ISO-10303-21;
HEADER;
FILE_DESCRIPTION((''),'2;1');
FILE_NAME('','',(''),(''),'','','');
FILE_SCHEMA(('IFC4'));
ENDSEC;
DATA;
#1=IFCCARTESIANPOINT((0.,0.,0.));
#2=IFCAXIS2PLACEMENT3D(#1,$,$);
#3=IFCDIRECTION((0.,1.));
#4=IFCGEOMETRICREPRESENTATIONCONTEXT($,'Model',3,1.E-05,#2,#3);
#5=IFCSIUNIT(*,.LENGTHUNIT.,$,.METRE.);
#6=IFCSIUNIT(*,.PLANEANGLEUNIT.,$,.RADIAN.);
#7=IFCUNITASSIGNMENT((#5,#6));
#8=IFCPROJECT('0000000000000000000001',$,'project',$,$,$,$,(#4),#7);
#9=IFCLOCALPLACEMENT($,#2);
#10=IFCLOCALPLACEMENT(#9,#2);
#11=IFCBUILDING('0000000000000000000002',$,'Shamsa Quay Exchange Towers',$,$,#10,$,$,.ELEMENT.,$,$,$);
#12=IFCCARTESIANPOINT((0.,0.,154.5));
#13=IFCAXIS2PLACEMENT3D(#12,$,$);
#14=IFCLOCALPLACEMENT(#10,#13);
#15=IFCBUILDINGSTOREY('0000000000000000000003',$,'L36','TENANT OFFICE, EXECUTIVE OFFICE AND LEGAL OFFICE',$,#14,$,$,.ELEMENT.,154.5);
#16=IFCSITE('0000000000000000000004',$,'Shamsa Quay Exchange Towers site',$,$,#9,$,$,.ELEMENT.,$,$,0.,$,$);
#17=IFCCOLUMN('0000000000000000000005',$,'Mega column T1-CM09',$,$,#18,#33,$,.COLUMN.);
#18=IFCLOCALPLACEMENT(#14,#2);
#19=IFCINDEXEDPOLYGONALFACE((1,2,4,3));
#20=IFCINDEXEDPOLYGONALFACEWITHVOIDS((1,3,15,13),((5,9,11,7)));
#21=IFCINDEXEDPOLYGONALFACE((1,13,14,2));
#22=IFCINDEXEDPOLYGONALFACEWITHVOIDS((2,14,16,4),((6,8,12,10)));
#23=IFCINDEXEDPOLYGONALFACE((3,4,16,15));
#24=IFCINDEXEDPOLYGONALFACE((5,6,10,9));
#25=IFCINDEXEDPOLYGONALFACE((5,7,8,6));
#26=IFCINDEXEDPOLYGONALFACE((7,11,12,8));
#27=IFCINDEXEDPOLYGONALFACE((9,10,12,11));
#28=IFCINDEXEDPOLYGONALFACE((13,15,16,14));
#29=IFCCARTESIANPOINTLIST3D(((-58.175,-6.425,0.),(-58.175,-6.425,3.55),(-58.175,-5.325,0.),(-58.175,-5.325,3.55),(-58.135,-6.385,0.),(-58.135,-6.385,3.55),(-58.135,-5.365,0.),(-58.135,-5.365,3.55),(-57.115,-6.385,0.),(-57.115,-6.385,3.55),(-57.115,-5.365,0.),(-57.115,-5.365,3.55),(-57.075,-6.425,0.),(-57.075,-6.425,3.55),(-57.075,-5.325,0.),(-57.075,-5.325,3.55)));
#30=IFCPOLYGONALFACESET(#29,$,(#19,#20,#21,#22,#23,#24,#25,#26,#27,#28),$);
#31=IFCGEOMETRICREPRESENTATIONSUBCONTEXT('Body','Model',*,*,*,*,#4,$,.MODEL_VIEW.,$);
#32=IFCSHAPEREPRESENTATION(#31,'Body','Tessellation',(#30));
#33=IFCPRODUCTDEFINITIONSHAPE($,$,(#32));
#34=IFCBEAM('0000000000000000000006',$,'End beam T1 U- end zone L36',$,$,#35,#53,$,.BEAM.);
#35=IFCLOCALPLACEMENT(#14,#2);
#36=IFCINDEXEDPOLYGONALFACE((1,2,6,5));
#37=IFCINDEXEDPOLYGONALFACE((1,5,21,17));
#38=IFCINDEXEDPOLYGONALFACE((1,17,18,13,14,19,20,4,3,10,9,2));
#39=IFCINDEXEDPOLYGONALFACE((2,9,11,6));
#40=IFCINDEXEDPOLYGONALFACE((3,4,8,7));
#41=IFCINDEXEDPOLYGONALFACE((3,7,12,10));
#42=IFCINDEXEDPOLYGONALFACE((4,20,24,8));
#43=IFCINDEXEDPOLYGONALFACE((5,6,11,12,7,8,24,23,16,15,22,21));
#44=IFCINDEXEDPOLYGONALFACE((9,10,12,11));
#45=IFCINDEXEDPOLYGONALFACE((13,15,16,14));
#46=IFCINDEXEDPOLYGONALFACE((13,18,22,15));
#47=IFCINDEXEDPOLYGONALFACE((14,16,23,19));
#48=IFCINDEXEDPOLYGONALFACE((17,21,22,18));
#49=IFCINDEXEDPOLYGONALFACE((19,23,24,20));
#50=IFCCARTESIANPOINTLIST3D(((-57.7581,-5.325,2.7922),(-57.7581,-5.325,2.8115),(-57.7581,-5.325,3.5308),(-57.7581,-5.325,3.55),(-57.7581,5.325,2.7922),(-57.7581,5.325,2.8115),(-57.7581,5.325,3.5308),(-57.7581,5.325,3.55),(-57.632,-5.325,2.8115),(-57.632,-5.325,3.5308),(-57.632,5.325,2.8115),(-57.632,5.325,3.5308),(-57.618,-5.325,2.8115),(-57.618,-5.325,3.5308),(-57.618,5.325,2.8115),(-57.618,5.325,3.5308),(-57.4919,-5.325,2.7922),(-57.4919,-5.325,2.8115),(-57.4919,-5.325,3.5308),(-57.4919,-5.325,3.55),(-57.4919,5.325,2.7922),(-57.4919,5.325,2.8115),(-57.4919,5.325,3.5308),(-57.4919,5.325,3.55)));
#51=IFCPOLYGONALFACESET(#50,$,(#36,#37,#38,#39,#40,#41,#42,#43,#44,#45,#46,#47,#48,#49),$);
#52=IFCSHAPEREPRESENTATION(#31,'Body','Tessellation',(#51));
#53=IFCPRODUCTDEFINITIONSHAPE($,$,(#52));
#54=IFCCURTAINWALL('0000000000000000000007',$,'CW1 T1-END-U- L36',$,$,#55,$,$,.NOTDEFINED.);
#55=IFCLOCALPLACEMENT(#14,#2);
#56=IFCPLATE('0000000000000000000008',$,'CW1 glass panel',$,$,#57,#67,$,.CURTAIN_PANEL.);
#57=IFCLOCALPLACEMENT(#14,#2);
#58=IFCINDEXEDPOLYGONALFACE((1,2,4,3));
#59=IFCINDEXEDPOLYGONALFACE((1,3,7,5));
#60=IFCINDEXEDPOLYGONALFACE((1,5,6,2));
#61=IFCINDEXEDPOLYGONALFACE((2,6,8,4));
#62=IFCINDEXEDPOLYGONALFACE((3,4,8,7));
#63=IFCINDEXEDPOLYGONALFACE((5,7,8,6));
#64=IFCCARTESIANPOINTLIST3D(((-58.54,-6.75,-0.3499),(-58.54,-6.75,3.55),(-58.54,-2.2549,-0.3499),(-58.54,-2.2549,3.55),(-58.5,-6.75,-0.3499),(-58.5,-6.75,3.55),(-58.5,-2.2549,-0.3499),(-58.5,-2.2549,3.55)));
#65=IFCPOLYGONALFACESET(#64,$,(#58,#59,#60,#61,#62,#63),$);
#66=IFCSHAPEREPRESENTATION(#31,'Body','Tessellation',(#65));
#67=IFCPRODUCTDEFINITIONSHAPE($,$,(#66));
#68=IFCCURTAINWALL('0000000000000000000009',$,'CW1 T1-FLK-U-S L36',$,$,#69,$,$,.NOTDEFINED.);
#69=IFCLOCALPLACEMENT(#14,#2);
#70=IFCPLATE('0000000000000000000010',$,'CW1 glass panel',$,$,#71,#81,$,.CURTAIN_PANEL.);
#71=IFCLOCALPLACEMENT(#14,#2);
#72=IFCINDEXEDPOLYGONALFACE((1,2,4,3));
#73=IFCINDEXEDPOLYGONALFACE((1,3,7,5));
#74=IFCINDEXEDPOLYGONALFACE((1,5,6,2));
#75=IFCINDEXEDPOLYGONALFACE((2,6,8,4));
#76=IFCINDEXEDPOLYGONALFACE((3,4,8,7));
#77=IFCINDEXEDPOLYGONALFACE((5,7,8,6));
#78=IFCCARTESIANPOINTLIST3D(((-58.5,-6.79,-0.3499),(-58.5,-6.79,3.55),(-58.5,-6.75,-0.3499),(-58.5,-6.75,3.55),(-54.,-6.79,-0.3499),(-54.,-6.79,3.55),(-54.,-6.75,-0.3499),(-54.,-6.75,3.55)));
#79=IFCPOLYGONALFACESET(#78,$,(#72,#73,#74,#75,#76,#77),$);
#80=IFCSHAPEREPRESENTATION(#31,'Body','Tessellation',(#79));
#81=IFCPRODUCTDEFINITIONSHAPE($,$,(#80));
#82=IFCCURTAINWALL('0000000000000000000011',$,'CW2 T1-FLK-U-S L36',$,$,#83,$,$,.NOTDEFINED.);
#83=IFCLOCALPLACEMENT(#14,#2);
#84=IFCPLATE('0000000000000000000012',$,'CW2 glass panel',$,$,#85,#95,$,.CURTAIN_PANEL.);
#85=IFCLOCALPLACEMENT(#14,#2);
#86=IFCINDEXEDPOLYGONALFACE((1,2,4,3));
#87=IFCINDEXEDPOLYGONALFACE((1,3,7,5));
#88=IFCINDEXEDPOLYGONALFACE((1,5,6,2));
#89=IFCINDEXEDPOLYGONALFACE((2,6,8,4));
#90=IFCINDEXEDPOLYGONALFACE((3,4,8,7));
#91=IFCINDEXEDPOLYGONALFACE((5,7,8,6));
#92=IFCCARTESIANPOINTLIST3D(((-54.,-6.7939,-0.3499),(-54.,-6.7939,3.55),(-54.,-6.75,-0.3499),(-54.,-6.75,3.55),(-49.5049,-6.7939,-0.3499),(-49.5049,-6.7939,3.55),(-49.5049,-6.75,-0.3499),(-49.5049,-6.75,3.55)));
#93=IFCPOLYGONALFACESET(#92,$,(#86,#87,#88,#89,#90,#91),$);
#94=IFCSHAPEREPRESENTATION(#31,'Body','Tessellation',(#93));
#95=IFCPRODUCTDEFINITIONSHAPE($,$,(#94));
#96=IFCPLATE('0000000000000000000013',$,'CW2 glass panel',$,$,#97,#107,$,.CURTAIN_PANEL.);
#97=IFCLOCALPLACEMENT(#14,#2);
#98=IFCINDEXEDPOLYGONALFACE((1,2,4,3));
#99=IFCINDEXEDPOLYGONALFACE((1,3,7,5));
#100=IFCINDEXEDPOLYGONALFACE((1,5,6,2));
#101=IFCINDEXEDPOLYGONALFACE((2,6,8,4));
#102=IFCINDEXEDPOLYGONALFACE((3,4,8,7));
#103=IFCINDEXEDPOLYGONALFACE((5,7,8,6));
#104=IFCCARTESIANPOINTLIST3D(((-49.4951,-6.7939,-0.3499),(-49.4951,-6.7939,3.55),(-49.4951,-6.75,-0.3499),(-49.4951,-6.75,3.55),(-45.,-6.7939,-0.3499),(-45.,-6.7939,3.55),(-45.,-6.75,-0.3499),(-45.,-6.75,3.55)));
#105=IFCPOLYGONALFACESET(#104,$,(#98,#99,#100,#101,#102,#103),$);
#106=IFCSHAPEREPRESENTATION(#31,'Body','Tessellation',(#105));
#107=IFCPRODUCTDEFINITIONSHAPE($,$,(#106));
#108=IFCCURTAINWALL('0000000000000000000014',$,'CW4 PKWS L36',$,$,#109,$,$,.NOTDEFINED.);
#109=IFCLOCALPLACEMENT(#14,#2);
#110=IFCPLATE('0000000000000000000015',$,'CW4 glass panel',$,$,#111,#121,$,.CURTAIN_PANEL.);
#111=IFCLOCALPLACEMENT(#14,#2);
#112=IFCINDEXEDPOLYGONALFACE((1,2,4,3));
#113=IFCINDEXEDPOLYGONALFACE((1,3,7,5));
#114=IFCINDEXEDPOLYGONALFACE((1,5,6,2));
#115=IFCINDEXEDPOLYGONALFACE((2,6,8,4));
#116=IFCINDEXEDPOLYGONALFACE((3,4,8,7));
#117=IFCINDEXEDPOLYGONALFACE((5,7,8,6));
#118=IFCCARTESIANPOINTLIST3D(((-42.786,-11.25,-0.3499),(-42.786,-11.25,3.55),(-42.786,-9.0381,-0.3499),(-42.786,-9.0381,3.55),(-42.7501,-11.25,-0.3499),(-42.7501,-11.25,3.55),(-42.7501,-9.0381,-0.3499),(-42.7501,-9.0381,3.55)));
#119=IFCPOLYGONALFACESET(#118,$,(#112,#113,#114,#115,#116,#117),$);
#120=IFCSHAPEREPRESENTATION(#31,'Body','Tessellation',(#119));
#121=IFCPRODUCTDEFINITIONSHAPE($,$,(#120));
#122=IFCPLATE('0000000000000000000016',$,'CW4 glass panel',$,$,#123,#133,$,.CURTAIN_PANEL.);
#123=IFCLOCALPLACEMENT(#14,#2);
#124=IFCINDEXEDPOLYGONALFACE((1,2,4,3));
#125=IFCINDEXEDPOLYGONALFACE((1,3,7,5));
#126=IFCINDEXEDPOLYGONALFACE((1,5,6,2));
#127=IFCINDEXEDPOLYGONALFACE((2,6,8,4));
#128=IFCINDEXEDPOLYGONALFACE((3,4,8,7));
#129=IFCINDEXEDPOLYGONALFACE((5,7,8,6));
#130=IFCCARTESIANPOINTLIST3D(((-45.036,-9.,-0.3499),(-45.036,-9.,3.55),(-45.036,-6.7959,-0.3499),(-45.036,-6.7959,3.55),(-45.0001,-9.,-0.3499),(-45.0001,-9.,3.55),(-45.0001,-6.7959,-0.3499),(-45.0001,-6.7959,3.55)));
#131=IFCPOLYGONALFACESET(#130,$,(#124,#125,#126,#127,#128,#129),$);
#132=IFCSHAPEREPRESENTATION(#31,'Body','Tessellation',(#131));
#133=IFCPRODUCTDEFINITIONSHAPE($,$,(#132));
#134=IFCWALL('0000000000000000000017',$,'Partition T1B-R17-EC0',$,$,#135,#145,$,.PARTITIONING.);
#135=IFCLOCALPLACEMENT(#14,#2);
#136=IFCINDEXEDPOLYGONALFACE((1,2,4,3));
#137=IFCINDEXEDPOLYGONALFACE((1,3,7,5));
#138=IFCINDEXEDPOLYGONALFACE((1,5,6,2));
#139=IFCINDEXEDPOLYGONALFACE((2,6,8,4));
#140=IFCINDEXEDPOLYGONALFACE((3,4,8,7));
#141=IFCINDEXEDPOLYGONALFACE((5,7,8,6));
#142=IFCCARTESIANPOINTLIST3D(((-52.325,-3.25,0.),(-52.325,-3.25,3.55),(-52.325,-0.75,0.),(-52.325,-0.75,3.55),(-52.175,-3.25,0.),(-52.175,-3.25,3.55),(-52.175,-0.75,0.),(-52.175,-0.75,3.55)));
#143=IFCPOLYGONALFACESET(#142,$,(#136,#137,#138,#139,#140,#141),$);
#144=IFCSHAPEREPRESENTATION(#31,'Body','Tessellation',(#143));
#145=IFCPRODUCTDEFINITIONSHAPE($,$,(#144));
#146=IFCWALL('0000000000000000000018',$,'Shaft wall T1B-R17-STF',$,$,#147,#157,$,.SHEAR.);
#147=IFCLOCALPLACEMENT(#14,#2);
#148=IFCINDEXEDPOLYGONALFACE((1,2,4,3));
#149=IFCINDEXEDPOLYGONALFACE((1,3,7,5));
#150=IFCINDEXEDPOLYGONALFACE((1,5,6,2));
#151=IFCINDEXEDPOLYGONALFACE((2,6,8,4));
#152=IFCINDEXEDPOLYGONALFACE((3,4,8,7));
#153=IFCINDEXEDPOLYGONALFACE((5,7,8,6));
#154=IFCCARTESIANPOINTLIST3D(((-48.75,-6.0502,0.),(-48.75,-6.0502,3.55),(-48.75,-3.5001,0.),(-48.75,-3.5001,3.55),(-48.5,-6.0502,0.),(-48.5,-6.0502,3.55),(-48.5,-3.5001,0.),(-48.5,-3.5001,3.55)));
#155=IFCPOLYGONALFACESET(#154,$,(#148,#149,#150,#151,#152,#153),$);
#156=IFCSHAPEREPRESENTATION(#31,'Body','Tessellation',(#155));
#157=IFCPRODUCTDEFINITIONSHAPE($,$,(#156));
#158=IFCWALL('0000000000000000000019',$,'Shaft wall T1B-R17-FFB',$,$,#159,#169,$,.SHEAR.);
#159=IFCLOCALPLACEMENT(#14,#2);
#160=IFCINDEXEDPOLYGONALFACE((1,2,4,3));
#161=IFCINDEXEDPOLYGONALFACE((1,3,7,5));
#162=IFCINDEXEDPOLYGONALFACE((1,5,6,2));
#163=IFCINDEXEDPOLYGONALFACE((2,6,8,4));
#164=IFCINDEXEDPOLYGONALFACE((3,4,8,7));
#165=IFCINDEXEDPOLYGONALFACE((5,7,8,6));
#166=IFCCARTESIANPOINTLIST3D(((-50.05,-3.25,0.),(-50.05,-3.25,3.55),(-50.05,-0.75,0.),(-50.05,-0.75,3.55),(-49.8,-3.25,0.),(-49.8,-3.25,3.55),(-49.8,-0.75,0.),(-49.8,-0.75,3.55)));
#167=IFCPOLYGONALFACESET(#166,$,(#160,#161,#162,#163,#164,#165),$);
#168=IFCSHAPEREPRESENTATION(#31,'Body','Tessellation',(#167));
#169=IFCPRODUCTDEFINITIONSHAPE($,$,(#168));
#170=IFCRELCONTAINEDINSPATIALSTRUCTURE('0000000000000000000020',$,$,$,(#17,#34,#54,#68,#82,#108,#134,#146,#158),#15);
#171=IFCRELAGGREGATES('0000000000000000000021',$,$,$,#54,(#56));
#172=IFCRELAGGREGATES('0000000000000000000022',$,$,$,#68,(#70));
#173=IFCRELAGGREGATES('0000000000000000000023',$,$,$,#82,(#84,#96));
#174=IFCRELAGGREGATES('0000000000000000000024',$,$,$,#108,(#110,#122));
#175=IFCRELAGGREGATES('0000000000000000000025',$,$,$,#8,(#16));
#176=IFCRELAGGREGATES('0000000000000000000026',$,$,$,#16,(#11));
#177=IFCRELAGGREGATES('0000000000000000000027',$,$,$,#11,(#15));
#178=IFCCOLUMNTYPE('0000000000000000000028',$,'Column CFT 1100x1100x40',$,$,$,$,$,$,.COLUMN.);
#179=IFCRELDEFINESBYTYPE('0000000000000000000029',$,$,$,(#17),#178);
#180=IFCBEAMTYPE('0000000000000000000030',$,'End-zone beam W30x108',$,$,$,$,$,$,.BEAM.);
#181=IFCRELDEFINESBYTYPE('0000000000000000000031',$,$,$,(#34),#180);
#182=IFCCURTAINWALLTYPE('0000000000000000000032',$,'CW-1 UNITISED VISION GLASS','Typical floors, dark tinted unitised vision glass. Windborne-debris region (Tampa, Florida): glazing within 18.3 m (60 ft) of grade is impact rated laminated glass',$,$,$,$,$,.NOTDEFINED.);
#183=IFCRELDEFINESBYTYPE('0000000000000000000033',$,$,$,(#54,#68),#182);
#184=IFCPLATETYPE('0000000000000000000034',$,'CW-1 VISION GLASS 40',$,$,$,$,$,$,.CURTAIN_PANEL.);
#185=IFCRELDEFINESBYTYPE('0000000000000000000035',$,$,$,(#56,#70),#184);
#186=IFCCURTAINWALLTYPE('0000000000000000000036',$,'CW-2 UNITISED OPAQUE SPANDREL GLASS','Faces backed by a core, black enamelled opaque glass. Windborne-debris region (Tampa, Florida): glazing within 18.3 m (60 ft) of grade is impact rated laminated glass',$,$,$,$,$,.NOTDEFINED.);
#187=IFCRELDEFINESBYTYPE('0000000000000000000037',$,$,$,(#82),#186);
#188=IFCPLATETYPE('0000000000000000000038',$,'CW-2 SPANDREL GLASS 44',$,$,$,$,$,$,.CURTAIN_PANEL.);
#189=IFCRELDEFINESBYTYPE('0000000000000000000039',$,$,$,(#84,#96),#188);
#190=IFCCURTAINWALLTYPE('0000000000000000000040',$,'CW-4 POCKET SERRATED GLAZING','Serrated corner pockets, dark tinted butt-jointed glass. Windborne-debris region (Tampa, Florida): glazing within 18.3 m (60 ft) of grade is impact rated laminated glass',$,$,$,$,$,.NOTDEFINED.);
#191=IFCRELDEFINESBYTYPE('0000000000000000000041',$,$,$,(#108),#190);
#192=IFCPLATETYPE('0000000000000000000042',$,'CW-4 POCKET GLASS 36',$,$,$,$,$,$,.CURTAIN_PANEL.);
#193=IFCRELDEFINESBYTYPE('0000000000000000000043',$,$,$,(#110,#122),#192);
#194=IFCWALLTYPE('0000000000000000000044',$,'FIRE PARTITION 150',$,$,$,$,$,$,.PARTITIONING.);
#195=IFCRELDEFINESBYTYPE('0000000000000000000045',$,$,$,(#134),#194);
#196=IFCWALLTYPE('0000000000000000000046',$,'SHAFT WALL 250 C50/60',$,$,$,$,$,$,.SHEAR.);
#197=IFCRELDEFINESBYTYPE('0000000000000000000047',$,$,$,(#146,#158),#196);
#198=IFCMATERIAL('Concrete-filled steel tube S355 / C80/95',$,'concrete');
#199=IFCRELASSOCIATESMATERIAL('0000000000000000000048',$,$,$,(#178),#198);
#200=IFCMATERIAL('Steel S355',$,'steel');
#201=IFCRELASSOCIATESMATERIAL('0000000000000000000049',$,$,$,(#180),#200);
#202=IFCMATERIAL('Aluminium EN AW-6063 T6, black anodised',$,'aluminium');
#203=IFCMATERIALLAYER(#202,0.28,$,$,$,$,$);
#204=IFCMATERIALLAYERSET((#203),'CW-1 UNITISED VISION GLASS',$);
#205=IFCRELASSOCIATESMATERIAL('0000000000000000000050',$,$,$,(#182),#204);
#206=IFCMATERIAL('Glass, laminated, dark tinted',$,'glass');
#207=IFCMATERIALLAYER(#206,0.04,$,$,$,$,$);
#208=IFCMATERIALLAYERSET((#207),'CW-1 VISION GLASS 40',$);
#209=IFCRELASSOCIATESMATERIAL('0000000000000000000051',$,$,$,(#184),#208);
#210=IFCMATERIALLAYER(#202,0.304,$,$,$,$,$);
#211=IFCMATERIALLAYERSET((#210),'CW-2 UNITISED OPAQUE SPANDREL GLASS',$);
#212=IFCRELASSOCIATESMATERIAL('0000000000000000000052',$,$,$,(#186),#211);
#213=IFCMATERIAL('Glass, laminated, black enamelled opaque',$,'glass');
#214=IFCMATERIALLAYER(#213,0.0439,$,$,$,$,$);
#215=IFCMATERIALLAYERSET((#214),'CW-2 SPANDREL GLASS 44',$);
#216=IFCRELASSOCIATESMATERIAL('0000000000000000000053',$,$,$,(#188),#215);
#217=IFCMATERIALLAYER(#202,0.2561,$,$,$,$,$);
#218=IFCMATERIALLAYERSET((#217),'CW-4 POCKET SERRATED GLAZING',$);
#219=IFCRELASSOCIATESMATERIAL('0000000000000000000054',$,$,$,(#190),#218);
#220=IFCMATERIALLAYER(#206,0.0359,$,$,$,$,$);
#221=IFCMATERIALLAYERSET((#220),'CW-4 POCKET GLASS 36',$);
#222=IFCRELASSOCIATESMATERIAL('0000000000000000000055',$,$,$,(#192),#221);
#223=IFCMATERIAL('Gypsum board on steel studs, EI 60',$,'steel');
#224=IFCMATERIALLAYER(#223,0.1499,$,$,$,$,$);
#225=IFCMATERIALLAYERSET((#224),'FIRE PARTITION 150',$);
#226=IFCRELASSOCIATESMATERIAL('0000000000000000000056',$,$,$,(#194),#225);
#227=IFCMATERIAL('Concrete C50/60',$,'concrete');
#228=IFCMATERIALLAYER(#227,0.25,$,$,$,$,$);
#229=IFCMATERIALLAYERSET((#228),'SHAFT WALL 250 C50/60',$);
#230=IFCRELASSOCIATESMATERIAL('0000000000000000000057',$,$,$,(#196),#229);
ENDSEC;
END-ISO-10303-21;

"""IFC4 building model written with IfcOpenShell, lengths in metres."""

from ifc_helpers import new_model, si_unit, direction, frame, frame_2d, origin, origin_2d, place, context, subcontext, project, spatial, rectangle, hollow_rectangle, i_section, extrude, material, layer, layer_set, material_profile, profile_set, type_object, element, aggregate, save


model = new_model("IFC4")

# Units and contexts
model_context = context("Model", 3, precision=1e-05, world=origin(), true_north=direction((0.0, 1.0)))
body_context = subcontext(model_context, "Body", "Model", "MODEL_VIEW")
ifc_project = project(units=[si_unit("LENGTHUNIT", "METRE"), si_unit("PLANEANGLEUNIT", "RADIAN")], contexts=[model_context])

# Site, building, storey
site_placement = place(None, origin())
site = spatial("IfcSite", under=ifc_project, at=site_placement, Name="Shamsa Quay Exchange Towers site", CompositionType="ELEMENT", RefElevation=0.0)
building_placement = place(site_placement, origin())
building = spatial("IfcBuilding", under=site, at=building_placement, Name="Shamsa Quay Exchange Towers", CompositionType="ELEMENT")
storey_placement = place(building_placement, frame((0.0, 0.0, 154.5)))
storey = spatial("IfcBuildingStorey", under=building, at=storey_placement, Name="L36", Description="TENANT OFFICE, EXECUTIVE OFFICE AND LEGAL OFFICE", CompositionType="ELEMENT", Elevation=154.5)

# Column
ifc_material_1 = material(Name="Concrete-filled steel tube S355 / C80/95", Category="concrete")
ifc_material_profile_1 = material_profile(ifc_material_1, hollow_rectangle(XDim=1.1001, YDim=1.1001, WallThickness=0.04, at=origin_2d()), Name="CFT 1100x1100x40")
ifc_profile_set_1 = profile_set([ifc_material_profile_1], Name="Concrete-filled steel tube S355 / C80/95")
column_type = type_object("IfcColumnType", Name="Column CFT 1100x1100x40", PredefinedType="COLUMN", material=ifc_profile_set_1)
column_placement = place(storey_placement, frame((-57.625, -5.875, 0.0)))
element("IfcColumn", 1, at=column_placement, inside=storey, type_object=column_type, Name="Mega column T1-CM09", PredefinedType="COLUMN", context=body_context, shape_type="SweptSolid", body=[
    extrude(hollow_rectangle(XDim=1.1001, YDim=1.1001, WallThickness=0.04, at=origin_2d()), origin(), (0.0, 0.0, 1.0), 3.55),
])

# Beam
ifc_material_2 = material(Name="Steel S355", Category="steel")
ifc_material_profile_2 = material_profile(ifc_material_2, i_section(OverallWidth=0.2661, OverallDepth=0.7578, WebThickness=0.0139, FlangeThickness=0.0193, at=origin_2d()), Name="W30x108")
ifc_profile_set_2 = profile_set([ifc_material_profile_2], Name="Steel S355")
beam_type = type_object("IfcBeamType", Name="End-zone beam W30x108", PredefinedType="BEAM", material=ifc_profile_set_2)
beam_placement = place(storey_placement, frame((-57.625, -5.325, 3.1711), z_axis=(0.0, 1.0, 0.0), x_axis=(-1.0, 0.0, 0.0)))
element("IfcBeam", 2, at=beam_placement, inside=storey, type_object=beam_type, Name="End beam T1 U- end zone L36", PredefinedType="BEAM", context=body_context, shape_type="SweptSolid", body=[
    extrude(i_section(OverallWidth=0.2661, OverallDepth=0.7578, WebThickness=0.0139, FlangeThickness=0.0193, at=origin_2d()), origin(), (0.0, 0.0, 1.0), 10.6499),
])

# Curtain walls, plates
ifc_material_3 = material(Name="Aluminium EN AW-6063 T6, black anodised", Category="aluminium")
ifc_layer_1 = layer(ifc_material_3, 0.28)
ifc_layer_set_1 = layer_set([ifc_layer_1], Name="CW-1 UNITISED VISION GLASS")
curtain_wall_type_1 = type_object("IfcCurtainWallType", Name="CW-1 UNITISED VISION GLASS", Description="Typical floors, dark tinted unitised vision glass. Windborne-debris region (Tampa, Florida): glazing within 18.3 m (60 ft) of grade is impact rated laminated glass", PredefinedType="NOTDEFINED", material=ifc_layer_set_1)
curtain_wall_1_placement = place(storey_placement, origin())
curtain_wall_1 = element("IfcCurtainWall", 3, at=curtain_wall_1_placement, inside=storey, type_object=curtain_wall_type_1, Name="CW1 T1-END-U- L36", PredefinedType="NOTDEFINED")
ifc_material_4 = material(Name="Glass, laminated, dark tinted", Category="glass")
ifc_layer_2 = layer(ifc_material_4, 0.04)
ifc_layer_set_2 = layer_set([ifc_layer_2], Name="CW-1 VISION GLASS 40")
plate_type_1 = type_object("IfcPlateType", Name="CW-1 VISION GLASS 40", PredefinedType="CURTAIN_PANEL", material=ifc_layer_set_2)
plate_1_placement = place(storey_placement, frame((-58.52, -4.5024, -0.3499), z_axis=(0.0, 0.0, 1.0), x_axis=(0.0, -1.0, 0.0)))
plate_1 = element("IfcPlate", 4, at=plate_1_placement, type_object=plate_type_1, Name="CW1 glass panel", PredefinedType="CURTAIN_PANEL", context=body_context, shape_type="SweptSolid", body=[
    extrude(rectangle(XDim=4.4951, YDim=0.04, at=origin_2d()), origin(), (0.0, 0.0, 1.0), 3.8999),
])
aggregate(curtain_wall_1, [plate_1])
curtain_wall_2_placement = place(storey_placement, origin())
curtain_wall_2 = element("IfcCurtainWall", 5, at=curtain_wall_2_placement, inside=storey, type_object=curtain_wall_type_1, Name="CW1 T1-FLK-U-S L36", PredefinedType="NOTDEFINED")
plate_2_placement = place(storey_placement, frame((-56.25, -6.77, -0.3499)))
plate_2 = element("IfcPlate", 6, at=plate_2_placement, type_object=plate_type_1, Name="CW1 glass panel", PredefinedType="CURTAIN_PANEL", context=body_context, shape_type="SweptSolid", body=[
    extrude(rectangle(XDim=4.5, YDim=0.04, at=origin_2d()), origin(), (0.0, 0.0, 1.0), 3.8999),
])
aggregate(curtain_wall_2, [plate_2])

# Curtain walls, plates
ifc_layer_3 = layer(ifc_material_3, 0.304)
ifc_layer_set_3 = layer_set([ifc_layer_3], Name="CW-2 UNITISED OPAQUE SPANDREL GLASS")
curtain_wall_type_2 = type_object("IfcCurtainWallType", Name="CW-2 UNITISED OPAQUE SPANDREL GLASS", Description="Faces backed by a core, black enamelled opaque glass. Windborne-debris region (Tampa, Florida): glazing within 18.3 m (60 ft) of grade is impact rated laminated glass", PredefinedType="NOTDEFINED", material=ifc_layer_set_3)
curtain_wall_3_placement = place(storey_placement, origin())
curtain_wall_3 = element("IfcCurtainWall", 7, at=curtain_wall_3_placement, inside=storey, type_object=curtain_wall_type_2, Name="CW2 T1-FLK-U-S L36", PredefinedType="NOTDEFINED")
ifc_material_5 = material(Name="Glass, laminated, black enamelled opaque", Category="glass")
ifc_layer_4 = layer(ifc_material_5, 0.0439)
ifc_layer_set_4 = layer_set([ifc_layer_4], Name="CW-2 SPANDREL GLASS 44")
plate_type_2 = type_object("IfcPlateType", Name="CW-2 SPANDREL GLASS 44", PredefinedType="CURTAIN_PANEL", material=ifc_layer_set_4)
plate_3_placement = place(storey_placement, frame((-51.7524, -6.772, -0.3499)))
plate_3 = element("IfcPlate", 8, at=plate_3_placement, type_object=plate_type_2, Name="CW2 glass panel", PredefinedType="CURTAIN_PANEL", context=body_context, shape_type="SweptSolid", body=[
    extrude(rectangle(XDim=4.4951, YDim=0.0439, at=origin_2d()), origin(), (0.0, 0.0, 1.0), 3.8999),
])
plate_4_placement = place(storey_placement, frame((-47.2476, -6.772, -0.3499)))
plate_4 = element("IfcPlate", 9, at=plate_4_placement, type_object=plate_type_2, Name="CW2 glass panel", PredefinedType="CURTAIN_PANEL", context=body_context, shape_type="SweptSolid", body=[
    extrude(rectangle(XDim=4.4951, YDim=0.0439, at=origin_2d()), origin(), (0.0, 0.0, 1.0), 3.8999),
])
aggregate(curtain_wall_3, [plate_3, plate_4])
ifc_layer_5 = layer(ifc_material_3, 0.2561)
ifc_layer_set_5 = layer_set([ifc_layer_5], Name="CW-4 POCKET SERRATED GLAZING")
curtain_wall_type_3 = type_object("IfcCurtainWallType", Name="CW-4 POCKET SERRATED GLAZING", Description="Serrated corner pockets, dark tinted butt-jointed glass. Windborne-debris region (Tampa, Florida): glazing within 18.3 m (60 ft) of grade is impact rated laminated glass", PredefinedType="NOTDEFINED", material=ifc_layer_set_5)
curtain_wall_4_placement = place(storey_placement, origin())
curtain_wall_4 = element("IfcCurtainWall", 10, at=curtain_wall_4_placement, inside=storey, type_object=curtain_wall_type_3, Name="CW4 PKWS L36", PredefinedType="NOTDEFINED")
ifc_layer_6 = layer(ifc_material_4, 0.0359)
ifc_layer_set_6 = layer_set([ifc_layer_6], Name="CW-4 POCKET GLASS 36")
plate_type_3 = type_object("IfcPlateType", Name="CW-4 POCKET GLASS 36", PredefinedType="CURTAIN_PANEL", material=ifc_layer_set_6)
plate_5_placement = place(storey_placement, frame((-42.7681, -10.144, -0.3499), z_axis=(0.0, 0.0, 1.0), x_axis=(0.0, -1.0, 0.0)))
plate_5 = element("IfcPlate", 11, at=plate_5_placement, type_object=plate_type_3, Name="CW4 glass panel", PredefinedType="CURTAIN_PANEL", context=body_context, shape_type="SweptSolid", body=[
    extrude(rectangle(XDim=2.2119, YDim=0.0359, at=origin_2d()), origin(), (0.0, 0.0, 1.0), 3.8999),
])
plate_6_placement = place(storey_placement, frame((-45.0181, -7.8979, -0.3499), z_axis=(0.0, 0.0, 1.0), x_axis=(0.0, -1.0, 0.0)))
plate_6 = element("IfcPlate", 12, at=plate_6_placement, type_object=plate_type_3, Name="CW4 glass panel", PredefinedType="CURTAIN_PANEL", context=body_context, shape_type="SweptSolid", body=[
    extrude(rectangle(XDim=2.2041, YDim=0.0359, at=origin_2d()), origin(), (0.0, 0.0, 1.0), 3.8999),
])
aggregate(curtain_wall_4, [plate_5, plate_6])

# Walls
ifc_material_6 = material(Name="Gypsum board on steel studs, EI 60", Category="steel")
ifc_layer_7 = layer(ifc_material_6, 0.1499)
ifc_layer_set_7 = layer_set([ifc_layer_7], Name="FIRE PARTITION 150")
wall_type_1 = type_object("IfcWallType", Name="FIRE PARTITION 150", PredefinedType="PARTITIONING", material=ifc_layer_set_7)
wall_1_placement = place(storey_placement, frame((-52.25, -3.25, 0.0), z_axis=(0.0, 0.0, 1.0), x_axis=(0.0, 1.0, 0.0)))
element("IfcWall", 13, at=wall_1_placement, inside=storey, type_object=wall_type_1, Name="Partition T1B-R17-EC0", PredefinedType="PARTITIONING", context=body_context, shape_type="SweptSolid", body=[
    extrude(rectangle(XDim=2.5, YDim=0.1499, at=frame_2d((1.25, 0.0))), origin(), (0.0, 0.0, 1.0), 3.55),
])
ifc_material_7 = material(Name="Concrete C50/60", Category="concrete")
ifc_layer_8 = layer(ifc_material_7, 0.25)
ifc_layer_set_8 = layer_set([ifc_layer_8], Name="SHAFT WALL 250 C50/60")
wall_type_2 = type_object("IfcWallType", Name="SHAFT WALL 250 C50/60", PredefinedType="SHEAR", material=ifc_layer_set_8)
wall_2_placement = place(storey_placement, frame((-48.625, -6.05, 0.0), z_axis=(0.0, 0.0, 1.0), x_axis=(0.0, 1.0, 0.0)))
element("IfcWall", 14, at=wall_2_placement, inside=storey, type_object=wall_type_2, Name="Shaft wall T1B-R17-STF", PredefinedType="SHEAR", context=body_context, shape_type="SweptSolid", body=[
    extrude(rectangle(XDim=2.55, YDim=0.25, at=frame_2d((1.2749, 0.0))), origin(), (0.0, 0.0, 1.0), 3.55),
])

# Wall
wall_3_placement = place(storey_placement, frame((-49.925, -3.25, 0.0), z_axis=(0.0, 0.0, 1.0), x_axis=(0.0, 1.0, 0.0)))
element("IfcWall", 15, at=wall_3_placement, inside=storey, type_object=wall_type_2, Name="Shaft wall T1B-R17-FFB", PredefinedType="SHEAR", context=body_context, shape_type="SweptSolid", body=[
    extrude(rectangle(XDim=2.5, YDim=0.25, at=frame_2d((1.25, 0.0))), origin(), (0.0, 0.0, 1.0), 3.55),
])

save(model, "model.ifc")
